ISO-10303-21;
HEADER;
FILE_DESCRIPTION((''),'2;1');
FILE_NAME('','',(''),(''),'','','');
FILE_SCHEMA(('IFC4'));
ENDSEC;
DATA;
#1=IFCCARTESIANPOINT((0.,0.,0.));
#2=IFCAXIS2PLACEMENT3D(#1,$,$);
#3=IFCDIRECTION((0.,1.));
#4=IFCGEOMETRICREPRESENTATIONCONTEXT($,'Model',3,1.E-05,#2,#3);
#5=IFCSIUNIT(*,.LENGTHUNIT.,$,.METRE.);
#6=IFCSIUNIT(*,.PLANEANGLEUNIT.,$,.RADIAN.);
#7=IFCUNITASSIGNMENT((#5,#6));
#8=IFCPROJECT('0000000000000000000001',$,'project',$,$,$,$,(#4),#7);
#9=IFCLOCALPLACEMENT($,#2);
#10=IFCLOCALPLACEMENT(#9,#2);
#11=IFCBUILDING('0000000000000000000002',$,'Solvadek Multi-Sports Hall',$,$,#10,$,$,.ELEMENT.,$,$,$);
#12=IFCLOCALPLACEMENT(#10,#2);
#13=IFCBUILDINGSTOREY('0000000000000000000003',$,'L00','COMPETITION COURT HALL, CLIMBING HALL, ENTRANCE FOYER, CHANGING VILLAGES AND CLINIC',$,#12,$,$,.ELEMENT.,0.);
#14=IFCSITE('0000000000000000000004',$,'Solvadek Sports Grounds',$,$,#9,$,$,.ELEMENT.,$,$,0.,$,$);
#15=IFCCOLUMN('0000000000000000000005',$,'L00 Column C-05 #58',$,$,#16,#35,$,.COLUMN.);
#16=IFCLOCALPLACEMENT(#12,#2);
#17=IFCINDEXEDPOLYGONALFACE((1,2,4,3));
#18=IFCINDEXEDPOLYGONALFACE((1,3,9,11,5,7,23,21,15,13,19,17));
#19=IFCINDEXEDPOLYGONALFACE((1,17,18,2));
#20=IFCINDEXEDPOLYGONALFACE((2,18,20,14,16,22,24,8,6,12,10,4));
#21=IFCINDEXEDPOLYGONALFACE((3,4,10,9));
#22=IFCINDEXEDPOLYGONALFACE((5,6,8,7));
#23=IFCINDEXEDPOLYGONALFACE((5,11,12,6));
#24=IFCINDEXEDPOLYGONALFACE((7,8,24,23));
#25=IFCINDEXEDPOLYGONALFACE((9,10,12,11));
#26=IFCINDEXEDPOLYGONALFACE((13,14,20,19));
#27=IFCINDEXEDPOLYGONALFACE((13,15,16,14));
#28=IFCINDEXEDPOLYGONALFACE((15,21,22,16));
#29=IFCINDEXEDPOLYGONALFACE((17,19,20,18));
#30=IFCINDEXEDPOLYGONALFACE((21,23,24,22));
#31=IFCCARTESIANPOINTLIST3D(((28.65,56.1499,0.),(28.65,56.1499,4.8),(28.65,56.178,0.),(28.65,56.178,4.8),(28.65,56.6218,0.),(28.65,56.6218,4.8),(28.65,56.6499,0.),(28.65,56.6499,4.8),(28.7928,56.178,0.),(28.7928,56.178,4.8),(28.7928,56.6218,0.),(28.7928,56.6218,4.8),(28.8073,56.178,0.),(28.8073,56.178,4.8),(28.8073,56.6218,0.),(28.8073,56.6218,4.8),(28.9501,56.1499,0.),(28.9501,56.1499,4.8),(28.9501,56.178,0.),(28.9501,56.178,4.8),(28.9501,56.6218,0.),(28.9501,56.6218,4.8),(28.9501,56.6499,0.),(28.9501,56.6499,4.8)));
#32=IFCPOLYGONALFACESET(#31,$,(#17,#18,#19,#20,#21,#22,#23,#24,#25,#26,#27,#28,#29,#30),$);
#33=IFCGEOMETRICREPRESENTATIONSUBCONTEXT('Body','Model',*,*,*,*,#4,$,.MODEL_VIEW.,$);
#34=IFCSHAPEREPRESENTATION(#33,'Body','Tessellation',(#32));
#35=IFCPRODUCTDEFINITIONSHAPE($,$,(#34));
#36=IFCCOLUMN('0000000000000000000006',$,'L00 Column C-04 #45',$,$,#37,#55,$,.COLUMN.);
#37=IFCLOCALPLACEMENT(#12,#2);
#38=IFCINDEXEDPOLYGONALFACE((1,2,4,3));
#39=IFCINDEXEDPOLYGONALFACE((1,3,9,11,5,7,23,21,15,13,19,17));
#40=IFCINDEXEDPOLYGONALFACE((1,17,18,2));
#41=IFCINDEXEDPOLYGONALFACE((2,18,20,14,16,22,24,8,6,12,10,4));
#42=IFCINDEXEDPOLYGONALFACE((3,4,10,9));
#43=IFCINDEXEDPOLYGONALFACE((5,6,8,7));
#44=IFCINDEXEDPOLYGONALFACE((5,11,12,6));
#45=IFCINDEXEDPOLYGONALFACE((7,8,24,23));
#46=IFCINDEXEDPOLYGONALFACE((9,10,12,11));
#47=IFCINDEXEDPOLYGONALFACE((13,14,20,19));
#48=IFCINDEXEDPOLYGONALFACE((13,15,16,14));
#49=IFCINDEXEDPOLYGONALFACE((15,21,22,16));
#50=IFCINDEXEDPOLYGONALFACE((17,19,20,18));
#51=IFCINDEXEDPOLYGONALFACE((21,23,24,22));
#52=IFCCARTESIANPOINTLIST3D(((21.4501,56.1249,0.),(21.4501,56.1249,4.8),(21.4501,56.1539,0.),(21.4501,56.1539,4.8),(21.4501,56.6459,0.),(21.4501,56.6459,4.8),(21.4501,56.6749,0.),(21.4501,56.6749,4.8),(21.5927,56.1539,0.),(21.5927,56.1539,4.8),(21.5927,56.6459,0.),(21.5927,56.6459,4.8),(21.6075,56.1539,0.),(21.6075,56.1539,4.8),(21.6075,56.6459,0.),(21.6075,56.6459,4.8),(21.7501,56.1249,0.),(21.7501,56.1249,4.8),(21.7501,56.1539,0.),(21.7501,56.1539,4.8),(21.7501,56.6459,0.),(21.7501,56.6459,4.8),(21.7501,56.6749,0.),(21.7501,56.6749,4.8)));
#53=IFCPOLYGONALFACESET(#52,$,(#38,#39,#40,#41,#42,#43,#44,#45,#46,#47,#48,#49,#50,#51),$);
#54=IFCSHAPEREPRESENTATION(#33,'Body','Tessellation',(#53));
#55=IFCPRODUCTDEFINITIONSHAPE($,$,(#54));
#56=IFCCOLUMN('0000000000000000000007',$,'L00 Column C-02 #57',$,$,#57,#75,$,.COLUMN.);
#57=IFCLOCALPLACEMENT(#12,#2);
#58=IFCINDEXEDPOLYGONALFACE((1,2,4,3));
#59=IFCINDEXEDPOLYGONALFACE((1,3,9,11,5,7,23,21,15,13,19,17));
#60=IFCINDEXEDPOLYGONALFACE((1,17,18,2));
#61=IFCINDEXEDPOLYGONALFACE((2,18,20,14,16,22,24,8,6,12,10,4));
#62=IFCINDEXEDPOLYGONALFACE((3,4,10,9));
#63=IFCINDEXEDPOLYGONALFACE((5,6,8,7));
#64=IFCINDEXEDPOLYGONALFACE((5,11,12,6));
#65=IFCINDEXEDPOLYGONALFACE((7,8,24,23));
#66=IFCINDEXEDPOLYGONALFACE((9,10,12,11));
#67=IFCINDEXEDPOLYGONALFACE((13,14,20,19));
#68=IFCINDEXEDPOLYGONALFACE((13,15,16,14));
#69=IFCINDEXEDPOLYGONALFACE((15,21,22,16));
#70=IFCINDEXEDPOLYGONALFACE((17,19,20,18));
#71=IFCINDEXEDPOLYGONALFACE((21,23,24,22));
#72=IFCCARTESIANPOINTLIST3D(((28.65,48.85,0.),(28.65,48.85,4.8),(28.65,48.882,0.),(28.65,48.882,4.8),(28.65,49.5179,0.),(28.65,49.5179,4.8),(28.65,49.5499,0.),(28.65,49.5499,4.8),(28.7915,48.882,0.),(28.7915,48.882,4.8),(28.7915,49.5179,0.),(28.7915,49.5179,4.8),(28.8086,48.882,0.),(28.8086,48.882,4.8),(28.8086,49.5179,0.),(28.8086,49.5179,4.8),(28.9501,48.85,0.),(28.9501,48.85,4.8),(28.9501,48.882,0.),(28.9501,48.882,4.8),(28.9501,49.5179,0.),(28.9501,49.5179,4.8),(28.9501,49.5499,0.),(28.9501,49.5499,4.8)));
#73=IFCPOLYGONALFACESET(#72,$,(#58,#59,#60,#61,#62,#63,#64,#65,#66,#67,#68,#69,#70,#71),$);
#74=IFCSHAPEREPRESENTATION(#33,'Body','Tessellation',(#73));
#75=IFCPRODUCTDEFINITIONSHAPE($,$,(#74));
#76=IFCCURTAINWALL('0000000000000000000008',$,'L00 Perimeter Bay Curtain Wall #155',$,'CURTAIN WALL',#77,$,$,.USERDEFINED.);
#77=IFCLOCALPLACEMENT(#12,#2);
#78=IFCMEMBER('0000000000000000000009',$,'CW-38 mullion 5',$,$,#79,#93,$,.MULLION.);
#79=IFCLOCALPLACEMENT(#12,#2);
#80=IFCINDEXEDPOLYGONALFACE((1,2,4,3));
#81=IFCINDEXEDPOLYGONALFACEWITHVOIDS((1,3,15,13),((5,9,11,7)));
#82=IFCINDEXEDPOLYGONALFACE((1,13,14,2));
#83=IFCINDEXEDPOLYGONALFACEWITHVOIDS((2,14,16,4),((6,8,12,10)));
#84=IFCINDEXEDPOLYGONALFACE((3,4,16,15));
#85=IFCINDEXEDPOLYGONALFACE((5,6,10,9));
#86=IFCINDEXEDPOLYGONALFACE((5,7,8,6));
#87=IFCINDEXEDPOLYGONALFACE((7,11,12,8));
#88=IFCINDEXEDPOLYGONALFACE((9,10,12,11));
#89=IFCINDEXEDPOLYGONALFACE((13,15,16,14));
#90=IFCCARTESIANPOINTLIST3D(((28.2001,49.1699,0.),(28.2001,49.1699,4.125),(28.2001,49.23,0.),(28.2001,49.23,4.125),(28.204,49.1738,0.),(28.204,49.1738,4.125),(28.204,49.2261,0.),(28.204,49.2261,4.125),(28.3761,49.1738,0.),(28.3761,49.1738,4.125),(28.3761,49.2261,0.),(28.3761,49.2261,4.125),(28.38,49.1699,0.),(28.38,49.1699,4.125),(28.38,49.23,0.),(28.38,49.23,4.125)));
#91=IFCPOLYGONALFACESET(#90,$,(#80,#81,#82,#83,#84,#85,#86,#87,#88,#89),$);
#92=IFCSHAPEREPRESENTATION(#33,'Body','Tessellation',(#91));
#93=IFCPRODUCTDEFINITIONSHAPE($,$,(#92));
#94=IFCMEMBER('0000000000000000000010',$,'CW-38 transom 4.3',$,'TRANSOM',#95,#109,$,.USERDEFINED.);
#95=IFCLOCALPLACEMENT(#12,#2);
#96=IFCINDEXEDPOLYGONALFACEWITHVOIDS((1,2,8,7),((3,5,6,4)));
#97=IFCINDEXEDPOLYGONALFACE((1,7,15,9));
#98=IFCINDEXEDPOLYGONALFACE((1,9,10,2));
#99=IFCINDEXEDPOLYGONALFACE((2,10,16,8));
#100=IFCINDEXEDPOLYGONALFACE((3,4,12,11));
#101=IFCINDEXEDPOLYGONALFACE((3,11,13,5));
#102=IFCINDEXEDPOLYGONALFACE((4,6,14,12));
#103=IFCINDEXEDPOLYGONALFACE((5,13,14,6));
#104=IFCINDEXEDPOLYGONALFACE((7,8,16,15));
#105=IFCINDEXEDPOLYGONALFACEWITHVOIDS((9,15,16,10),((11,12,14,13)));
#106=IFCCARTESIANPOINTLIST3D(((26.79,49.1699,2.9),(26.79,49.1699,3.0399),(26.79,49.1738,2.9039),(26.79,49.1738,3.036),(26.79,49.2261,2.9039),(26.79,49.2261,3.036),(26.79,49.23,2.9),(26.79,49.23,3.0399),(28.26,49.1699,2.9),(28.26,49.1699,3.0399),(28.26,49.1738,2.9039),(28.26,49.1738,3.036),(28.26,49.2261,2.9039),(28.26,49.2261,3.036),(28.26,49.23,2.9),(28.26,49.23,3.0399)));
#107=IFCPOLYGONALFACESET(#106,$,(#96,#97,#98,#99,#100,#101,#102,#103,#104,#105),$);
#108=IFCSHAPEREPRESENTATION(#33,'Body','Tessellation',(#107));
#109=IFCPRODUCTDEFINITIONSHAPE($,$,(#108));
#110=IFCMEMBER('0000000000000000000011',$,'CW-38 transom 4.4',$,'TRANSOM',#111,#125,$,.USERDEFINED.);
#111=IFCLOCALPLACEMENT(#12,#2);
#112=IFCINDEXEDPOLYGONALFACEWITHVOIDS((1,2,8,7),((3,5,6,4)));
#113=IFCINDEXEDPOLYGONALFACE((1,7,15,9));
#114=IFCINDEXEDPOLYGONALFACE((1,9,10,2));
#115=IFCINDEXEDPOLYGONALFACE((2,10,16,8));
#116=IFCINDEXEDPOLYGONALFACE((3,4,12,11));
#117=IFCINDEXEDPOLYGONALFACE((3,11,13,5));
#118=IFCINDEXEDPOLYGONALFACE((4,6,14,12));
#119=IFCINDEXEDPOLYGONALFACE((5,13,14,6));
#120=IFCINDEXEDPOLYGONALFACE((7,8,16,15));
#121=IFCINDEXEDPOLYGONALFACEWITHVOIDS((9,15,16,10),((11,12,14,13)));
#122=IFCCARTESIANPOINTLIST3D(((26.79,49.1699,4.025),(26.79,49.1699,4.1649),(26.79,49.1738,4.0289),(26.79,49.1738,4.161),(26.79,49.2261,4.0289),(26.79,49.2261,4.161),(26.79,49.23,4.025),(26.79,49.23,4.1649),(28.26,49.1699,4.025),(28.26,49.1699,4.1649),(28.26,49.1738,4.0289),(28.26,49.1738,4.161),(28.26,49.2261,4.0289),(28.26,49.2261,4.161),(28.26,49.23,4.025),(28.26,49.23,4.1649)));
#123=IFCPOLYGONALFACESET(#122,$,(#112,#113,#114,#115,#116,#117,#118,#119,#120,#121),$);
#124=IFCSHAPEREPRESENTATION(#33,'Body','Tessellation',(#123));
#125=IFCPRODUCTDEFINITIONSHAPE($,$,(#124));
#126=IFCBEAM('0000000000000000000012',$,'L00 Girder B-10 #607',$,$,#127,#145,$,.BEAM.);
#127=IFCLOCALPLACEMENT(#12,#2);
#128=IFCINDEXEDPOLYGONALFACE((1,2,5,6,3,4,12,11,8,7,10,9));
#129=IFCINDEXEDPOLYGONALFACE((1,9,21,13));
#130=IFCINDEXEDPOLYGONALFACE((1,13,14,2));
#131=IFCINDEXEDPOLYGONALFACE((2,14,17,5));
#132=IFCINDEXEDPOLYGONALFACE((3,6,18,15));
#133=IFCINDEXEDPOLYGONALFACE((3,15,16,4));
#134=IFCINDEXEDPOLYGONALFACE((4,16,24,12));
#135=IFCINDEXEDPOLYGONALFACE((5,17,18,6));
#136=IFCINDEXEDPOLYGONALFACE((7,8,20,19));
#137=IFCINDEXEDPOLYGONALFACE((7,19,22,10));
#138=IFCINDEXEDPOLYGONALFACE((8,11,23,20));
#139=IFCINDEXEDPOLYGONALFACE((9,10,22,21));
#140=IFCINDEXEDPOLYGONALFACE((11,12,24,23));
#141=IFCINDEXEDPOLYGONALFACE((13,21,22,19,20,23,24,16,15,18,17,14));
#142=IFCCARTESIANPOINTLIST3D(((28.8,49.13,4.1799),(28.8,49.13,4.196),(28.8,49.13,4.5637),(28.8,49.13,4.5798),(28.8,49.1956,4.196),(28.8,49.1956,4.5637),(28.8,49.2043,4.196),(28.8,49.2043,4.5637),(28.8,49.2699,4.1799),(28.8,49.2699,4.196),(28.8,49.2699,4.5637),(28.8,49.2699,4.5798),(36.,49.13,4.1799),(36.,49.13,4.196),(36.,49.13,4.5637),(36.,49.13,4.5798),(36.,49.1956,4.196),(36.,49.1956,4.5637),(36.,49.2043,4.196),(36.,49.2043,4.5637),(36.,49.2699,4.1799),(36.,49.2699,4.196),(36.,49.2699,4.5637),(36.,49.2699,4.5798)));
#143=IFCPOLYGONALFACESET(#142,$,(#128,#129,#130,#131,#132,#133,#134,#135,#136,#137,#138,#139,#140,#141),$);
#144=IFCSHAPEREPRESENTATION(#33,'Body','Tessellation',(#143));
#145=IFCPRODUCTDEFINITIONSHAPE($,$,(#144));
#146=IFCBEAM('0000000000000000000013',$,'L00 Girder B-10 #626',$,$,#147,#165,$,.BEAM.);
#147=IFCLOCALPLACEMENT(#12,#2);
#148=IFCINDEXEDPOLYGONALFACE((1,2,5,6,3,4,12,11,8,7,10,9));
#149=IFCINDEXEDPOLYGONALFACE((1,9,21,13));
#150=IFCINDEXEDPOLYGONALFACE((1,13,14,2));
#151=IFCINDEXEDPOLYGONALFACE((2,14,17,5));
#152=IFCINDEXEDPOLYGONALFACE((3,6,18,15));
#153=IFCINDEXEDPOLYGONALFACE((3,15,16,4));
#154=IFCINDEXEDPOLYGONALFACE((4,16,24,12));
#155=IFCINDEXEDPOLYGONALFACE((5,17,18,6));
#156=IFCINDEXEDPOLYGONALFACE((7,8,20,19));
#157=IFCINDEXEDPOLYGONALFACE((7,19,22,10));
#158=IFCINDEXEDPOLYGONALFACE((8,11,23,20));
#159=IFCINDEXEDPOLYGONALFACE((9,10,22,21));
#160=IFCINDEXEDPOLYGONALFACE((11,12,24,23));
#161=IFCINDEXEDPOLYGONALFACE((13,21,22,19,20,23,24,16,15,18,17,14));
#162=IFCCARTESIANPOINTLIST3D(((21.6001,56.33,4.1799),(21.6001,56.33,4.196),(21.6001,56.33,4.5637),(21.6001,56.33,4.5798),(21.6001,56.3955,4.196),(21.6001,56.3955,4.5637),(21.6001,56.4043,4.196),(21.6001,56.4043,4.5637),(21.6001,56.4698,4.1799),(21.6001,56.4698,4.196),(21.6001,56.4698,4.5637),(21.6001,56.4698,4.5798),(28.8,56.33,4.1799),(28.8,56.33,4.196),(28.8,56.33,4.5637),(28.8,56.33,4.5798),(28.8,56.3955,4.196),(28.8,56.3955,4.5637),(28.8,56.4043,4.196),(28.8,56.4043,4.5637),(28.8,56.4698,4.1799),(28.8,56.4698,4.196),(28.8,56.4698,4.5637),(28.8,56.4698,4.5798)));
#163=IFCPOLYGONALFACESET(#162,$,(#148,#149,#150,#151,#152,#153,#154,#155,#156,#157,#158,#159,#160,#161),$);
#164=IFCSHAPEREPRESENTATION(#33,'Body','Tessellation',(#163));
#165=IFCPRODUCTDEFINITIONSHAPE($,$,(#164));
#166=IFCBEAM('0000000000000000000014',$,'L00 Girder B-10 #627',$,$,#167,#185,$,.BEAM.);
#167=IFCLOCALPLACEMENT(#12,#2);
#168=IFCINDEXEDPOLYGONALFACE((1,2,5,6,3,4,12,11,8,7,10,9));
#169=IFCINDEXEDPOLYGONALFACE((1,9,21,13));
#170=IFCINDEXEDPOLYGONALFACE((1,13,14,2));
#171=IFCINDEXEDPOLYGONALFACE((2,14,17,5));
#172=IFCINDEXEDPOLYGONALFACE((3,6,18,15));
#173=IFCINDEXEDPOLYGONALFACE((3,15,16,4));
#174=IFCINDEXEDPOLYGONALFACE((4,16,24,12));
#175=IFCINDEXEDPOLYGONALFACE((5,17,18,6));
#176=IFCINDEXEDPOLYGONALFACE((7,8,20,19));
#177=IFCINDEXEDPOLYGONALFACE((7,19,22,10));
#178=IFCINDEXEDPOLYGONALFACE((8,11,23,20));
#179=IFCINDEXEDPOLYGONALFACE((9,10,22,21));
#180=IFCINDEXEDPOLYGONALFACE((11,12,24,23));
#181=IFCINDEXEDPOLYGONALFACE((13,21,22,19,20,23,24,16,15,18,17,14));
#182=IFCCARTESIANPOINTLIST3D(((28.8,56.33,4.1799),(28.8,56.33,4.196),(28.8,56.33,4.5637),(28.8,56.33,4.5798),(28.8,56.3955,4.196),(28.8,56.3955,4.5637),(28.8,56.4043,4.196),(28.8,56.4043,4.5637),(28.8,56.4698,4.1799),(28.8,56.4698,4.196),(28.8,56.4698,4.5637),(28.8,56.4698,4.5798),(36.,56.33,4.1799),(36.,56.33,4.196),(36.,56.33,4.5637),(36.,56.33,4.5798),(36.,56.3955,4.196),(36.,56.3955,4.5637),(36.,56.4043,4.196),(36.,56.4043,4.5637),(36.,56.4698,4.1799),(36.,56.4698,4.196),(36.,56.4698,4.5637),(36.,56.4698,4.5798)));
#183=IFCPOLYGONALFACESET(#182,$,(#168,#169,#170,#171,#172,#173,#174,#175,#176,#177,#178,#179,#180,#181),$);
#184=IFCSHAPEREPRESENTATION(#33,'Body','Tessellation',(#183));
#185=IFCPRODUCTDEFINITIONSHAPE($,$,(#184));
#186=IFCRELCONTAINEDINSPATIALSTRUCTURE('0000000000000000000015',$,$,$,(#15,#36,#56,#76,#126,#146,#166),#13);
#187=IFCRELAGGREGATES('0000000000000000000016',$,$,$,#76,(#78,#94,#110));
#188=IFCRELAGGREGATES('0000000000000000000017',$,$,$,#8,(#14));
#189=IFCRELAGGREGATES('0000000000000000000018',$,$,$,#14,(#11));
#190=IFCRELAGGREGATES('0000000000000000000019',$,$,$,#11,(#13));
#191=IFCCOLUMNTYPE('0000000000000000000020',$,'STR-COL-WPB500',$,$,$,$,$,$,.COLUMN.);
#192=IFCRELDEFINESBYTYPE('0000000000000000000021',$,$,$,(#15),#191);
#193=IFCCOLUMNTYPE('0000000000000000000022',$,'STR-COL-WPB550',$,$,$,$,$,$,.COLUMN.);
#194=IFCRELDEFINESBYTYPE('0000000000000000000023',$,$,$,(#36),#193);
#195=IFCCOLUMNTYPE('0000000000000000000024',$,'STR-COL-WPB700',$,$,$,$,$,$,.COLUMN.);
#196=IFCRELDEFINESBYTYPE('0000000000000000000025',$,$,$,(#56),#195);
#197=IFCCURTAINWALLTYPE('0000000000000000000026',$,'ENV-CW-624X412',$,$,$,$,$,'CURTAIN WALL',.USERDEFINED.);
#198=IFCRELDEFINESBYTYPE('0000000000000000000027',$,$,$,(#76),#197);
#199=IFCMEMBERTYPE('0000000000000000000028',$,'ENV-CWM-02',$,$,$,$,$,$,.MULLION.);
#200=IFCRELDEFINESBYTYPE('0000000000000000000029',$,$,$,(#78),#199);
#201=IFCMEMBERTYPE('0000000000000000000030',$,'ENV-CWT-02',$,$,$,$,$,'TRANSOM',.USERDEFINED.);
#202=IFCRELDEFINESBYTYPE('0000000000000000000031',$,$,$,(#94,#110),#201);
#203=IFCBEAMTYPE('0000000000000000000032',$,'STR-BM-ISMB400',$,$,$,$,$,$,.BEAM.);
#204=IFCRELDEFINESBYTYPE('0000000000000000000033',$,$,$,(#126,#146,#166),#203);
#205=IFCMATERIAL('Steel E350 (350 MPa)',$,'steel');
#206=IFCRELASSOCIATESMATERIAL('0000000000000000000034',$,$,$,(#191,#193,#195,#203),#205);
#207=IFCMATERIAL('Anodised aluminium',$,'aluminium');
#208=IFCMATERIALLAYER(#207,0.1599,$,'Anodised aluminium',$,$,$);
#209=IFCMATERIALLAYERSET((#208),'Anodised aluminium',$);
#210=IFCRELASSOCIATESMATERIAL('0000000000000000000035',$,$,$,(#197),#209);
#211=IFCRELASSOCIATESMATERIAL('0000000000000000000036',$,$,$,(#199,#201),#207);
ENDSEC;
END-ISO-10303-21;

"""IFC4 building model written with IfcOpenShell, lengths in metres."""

from ifc_helpers import new_model, si_unit, direction, frame, origin, origin_2d, place, context, subcontext, project, spatial, hollow_rectangle, i_section, extrude, material, layer, layer_set, material_profile, profile_set, type_object, element, aggregate, save


model = new_model("IFC4")

# Units and contexts
model_context = context("Model", 3, precision=1e-05, world=origin(), true_north=direction((0.0, 1.0)))
body_context = subcontext(model_context, "Body", "Model", "MODEL_VIEW")
ifc_project = project(units=[si_unit("LENGTHUNIT", "METRE"), si_unit("PLANEANGLEUNIT", "RADIAN")], contexts=[model_context])

# Site, building, storey
site_placement = place(None, origin())
site = spatial("IfcSite", under=ifc_project, at=site_placement, Name="Solvadek Sports Grounds", CompositionType="ELEMENT", RefElevation=0.0)
building_placement = place(site_placement, origin())
building = spatial("IfcBuilding", under=site, at=building_placement, Name="Solvadek Multi-Sports Hall", CompositionType="ELEMENT")
storey_placement = place(building_placement, origin())
storey = spatial("IfcBuildingStorey", under=building, at=storey_placement, Name="L00", Description="COMPETITION COURT HALL, CLIMBING HALL, ENTRANCE FOYER, CHANGING VILLAGES AND CLINIC", CompositionType="ELEMENT", Elevation=0.0)

# Columns
ifc_material_1 = material(Name="Steel E350 (350 MPa)", Category="steel")
ifc_material_profile_1 = material_profile(ifc_material_1, i_section(OverallWidth=0.3, OverallDepth=0.5, WebThickness=0.0144, FlangeThickness=0.0281, at=origin_2d()), Name="WPB 500")
ifc_profile_set_1 = profile_set([ifc_material_profile_1], Name="Steel E350 (350 MPa)")
column_type_1 = type_object("IfcColumnType", Name="STR-COL-WPB500", PredefinedType="COLUMN", material=ifc_profile_set_1)
column_1_placement = place(storey_placement, frame((28.8, 56.3999, 0.0), z_axis=(0.0, 0.0, 1.0), x_axis=(1.0, 0.0, 0.0)))
element("IfcColumn", 1, at=column_1_placement, inside=storey, type_object=column_type_1, Name="L00 Column C-05 #58", PredefinedType="COLUMN", context=body_context, shape_type="SweptSolid", body=[
    extrude(i_section(OverallWidth=0.3, OverallDepth=0.5, WebThickness=0.0144, FlangeThickness=0.0281, at=origin_2d()), origin(), (0.0, 0.0, 1.0), 4.8),
])
ifc_material_profile_2 = material_profile(ifc_material_1, i_section(OverallWidth=0.3, OverallDepth=0.55, WebThickness=0.0149, FlangeThickness=0.0291, at=origin_2d()), Name="WPB 550")
ifc_profile_set_2 = profile_set([ifc_material_profile_2], Name="Steel E350 (350 MPa)")
column_type_2 = type_object("IfcColumnType", Name="STR-COL-WPB550", PredefinedType="COLUMN", material=ifc_profile_set_2)
column_2_placement = place(storey_placement, frame((21.6001, 56.3999, 0.0), z_axis=(0.0, 0.0, 1.0), x_axis=(1.0, 0.0, 0.0)))
element("IfcColumn", 2, at=column_2_placement, inside=storey, type_object=column_type_2, Name="L00 Column C-04 #45", PredefinedType="COLUMN", context=body_context, shape_type="SweptSolid", body=[
    extrude(i_section(OverallWidth=0.3, OverallDepth=0.55, WebThickness=0.0149, FlangeThickness=0.0291, at=origin_2d()), origin(), (0.0, 0.0, 1.0), 4.8),
])
ifc_material_profile_3 = material_profile(ifc_material_1, i_section(OverallWidth=0.3, OverallDepth=0.7, WebThickness=0.0171, FlangeThickness=0.032, at=origin_2d()), Name="WPB 700")
ifc_profile_set_3 = profile_set([ifc_material_profile_3], Name="Steel E350 (350 MPa)")
column_type_3 = type_object("IfcColumnType", Name="STR-COL-WPB700", PredefinedType="COLUMN", material=ifc_profile_set_3)
column_3_placement = place(storey_placement, frame((28.8, 49.2, 0.0), z_axis=(0.0, 0.0, 1.0), x_axis=(1.0, 0.0, 0.0)))
element("IfcColumn", 3, at=column_3_placement, inside=storey, type_object=column_type_3, Name="L00 Column C-02 #57", PredefinedType="COLUMN", context=body_context, shape_type="SweptSolid", body=[
    extrude(i_section(OverallWidth=0.3, OverallDepth=0.7, WebThickness=0.0171, FlangeThickness=0.032, at=origin_2d()), origin(), (0.0, 0.0, 1.0), 4.8),
])

# Curtain wall, members
ifc_material_2 = material(Name="Anodised aluminium", Category="aluminium")
ifc_layer_1 = layer(ifc_material_2, 0.1599, Name="Anodised aluminium")
ifc_layer_set_1 = layer_set([ifc_layer_1], Name="Anodised aluminium")
curtain_wall_type = type_object("IfcCurtainWallType", Name="ENV-CW-624X412", ElementType="CURTAIN WALL", PredefinedType="USERDEFINED", material=ifc_layer_set_1)
curtain_wall_placement = place(storey_placement, origin())
curtain_wall = element("IfcCurtainWall", 4, at=curtain_wall_placement, inside=storey, type_object=curtain_wall_type, Name="L00 Perimeter Bay Curtain Wall #155", ObjectType="CURTAIN WALL", PredefinedType="USERDEFINED")
ifc_material_profile_4 = material_profile(ifc_material_2, hollow_rectangle(XDim=0.0601, YDim=0.1799, WallThickness=0.0039, at=origin_2d()), Name="ALU-M 180x60x4")
ifc_profile_set_4 = profile_set([ifc_material_profile_4], Name="Anodised aluminium")
member_type_1 = type_object("IfcMemberType", Name="ENV-CWM-02", PredefinedType="MULLION", material=ifc_profile_set_4)
member_1_placement = place(storey_placement, frame((28.29, 49.2, 0.0), z_axis=(0.0, 0.0, 1.0), x_axis=(0.0, 1.0, 0.0)))
member_1 = element("IfcMember", 5, at=member_1_placement, type_object=member_type_1, Name="CW-38 mullion 5", PredefinedType="MULLION", context=body_context, shape_type="SweptSolid", body=[
    extrude(hollow_rectangle(XDim=0.0601, YDim=0.1799, WallThickness=0.0039, at=origin_2d()), origin(), (0.0, 0.0, 1.0), 4.125),
])
ifc_material_profile_5 = material_profile(ifc_material_2, hollow_rectangle(XDim=0.0601, YDim=0.1399, WallThickness=0.0039, at=origin_2d()), Name="ALU-T 140x60x4")
ifc_profile_set_5 = profile_set([ifc_material_profile_5], Name="Anodised aluminium")
member_type_2 = type_object("IfcMemberType", Name="ENV-CWT-02", ElementType="TRANSOM", PredefinedType="USERDEFINED", material=ifc_profile_set_5)
member_2_placement = place(storey_placement, frame((26.79, 49.2, 2.97), z_axis=(1.0, 0.0, 0.0), x_axis=(0.0, 1.0, 0.0)))
member_2 = element("IfcMember", 6, at=member_2_placement, type_object=member_type_2, Name="CW-38 transom 4.3", ObjectType="TRANSOM", PredefinedType="USERDEFINED", context=body_context, shape_type="SweptSolid", body=[
    extrude(hollow_rectangle(XDim=0.0601, YDim=0.1399, WallThickness=0.0039, at=origin_2d()), origin(), (0.0, 0.0, 1.0), 1.47),
])
member_3_placement = place(storey_placement, frame((26.79, 49.2, 4.095), z_axis=(1.0, 0.0, 0.0), x_axis=(0.0, 1.0, 0.0)))
member_3 = element("IfcMember", 7, at=member_3_placement, type_object=member_type_2, Name="CW-38 transom 4.4", ObjectType="TRANSOM", PredefinedType="USERDEFINED", context=body_context, shape_type="SweptSolid", body=[
    extrude(hollow_rectangle(XDim=0.0601, YDim=0.1399, WallThickness=0.0039, at=origin_2d()), origin(), (0.0, 0.0, 1.0), 1.47),
])

# Beams
ifc_material_profile_6 = material_profile(ifc_material_1, i_section(OverallWidth=0.1399, OverallDepth=0.3999, WebThickness=0.0088, FlangeThickness=0.0161, at=origin_2d()), Name="ISMB 400")
ifc_profile_set_6 = profile_set([ifc_material_profile_6], Name="Steel E350 (350 MPa)")
beam_type_1 = type_object("IfcBeamType", Name="STR-BM-ISMB400", PredefinedType="BEAM", material=ifc_profile_set_6)
for number, where, z_axis, x_axis, name in (
    (8, (28.8, 49.2, 4.3799), (1.0, 0.0, 0.0), (0.0, 1.0, 0.0), "L00 Girder B-10 #607"),
    (9, (21.6001, 56.3999, 4.3799), (1.0, 0.0, 0.0), (0.0, 1.0, 0.0), "L00 Girder B-10 #626"),
    (10, (28.8, 56.3999, 4.3799), (1.0, 0.0, 0.0), (0.0, 1.0, 0.0), "L00 Girder B-10 #627"),
):
    element("IfcBeam", number, at=place(storey_placement, frame(where, z_axis=z_axis, x_axis=x_axis)), inside=storey, type_object=beam_type_1, Name=name, PredefinedType="BEAM", context=body_context, shape_type="SweptSolid", body=[
        extrude(i_section(OverallWidth=0.1399, OverallDepth=0.3999, WebThickness=0.0088, FlangeThickness=0.0161, at=origin_2d()), origin(), (0.0, 0.0, 1.0), 7.2),
    ])

aggregate(curtain_wall, [member_1, member_2, member_3])

save(model, "model.ifc")
